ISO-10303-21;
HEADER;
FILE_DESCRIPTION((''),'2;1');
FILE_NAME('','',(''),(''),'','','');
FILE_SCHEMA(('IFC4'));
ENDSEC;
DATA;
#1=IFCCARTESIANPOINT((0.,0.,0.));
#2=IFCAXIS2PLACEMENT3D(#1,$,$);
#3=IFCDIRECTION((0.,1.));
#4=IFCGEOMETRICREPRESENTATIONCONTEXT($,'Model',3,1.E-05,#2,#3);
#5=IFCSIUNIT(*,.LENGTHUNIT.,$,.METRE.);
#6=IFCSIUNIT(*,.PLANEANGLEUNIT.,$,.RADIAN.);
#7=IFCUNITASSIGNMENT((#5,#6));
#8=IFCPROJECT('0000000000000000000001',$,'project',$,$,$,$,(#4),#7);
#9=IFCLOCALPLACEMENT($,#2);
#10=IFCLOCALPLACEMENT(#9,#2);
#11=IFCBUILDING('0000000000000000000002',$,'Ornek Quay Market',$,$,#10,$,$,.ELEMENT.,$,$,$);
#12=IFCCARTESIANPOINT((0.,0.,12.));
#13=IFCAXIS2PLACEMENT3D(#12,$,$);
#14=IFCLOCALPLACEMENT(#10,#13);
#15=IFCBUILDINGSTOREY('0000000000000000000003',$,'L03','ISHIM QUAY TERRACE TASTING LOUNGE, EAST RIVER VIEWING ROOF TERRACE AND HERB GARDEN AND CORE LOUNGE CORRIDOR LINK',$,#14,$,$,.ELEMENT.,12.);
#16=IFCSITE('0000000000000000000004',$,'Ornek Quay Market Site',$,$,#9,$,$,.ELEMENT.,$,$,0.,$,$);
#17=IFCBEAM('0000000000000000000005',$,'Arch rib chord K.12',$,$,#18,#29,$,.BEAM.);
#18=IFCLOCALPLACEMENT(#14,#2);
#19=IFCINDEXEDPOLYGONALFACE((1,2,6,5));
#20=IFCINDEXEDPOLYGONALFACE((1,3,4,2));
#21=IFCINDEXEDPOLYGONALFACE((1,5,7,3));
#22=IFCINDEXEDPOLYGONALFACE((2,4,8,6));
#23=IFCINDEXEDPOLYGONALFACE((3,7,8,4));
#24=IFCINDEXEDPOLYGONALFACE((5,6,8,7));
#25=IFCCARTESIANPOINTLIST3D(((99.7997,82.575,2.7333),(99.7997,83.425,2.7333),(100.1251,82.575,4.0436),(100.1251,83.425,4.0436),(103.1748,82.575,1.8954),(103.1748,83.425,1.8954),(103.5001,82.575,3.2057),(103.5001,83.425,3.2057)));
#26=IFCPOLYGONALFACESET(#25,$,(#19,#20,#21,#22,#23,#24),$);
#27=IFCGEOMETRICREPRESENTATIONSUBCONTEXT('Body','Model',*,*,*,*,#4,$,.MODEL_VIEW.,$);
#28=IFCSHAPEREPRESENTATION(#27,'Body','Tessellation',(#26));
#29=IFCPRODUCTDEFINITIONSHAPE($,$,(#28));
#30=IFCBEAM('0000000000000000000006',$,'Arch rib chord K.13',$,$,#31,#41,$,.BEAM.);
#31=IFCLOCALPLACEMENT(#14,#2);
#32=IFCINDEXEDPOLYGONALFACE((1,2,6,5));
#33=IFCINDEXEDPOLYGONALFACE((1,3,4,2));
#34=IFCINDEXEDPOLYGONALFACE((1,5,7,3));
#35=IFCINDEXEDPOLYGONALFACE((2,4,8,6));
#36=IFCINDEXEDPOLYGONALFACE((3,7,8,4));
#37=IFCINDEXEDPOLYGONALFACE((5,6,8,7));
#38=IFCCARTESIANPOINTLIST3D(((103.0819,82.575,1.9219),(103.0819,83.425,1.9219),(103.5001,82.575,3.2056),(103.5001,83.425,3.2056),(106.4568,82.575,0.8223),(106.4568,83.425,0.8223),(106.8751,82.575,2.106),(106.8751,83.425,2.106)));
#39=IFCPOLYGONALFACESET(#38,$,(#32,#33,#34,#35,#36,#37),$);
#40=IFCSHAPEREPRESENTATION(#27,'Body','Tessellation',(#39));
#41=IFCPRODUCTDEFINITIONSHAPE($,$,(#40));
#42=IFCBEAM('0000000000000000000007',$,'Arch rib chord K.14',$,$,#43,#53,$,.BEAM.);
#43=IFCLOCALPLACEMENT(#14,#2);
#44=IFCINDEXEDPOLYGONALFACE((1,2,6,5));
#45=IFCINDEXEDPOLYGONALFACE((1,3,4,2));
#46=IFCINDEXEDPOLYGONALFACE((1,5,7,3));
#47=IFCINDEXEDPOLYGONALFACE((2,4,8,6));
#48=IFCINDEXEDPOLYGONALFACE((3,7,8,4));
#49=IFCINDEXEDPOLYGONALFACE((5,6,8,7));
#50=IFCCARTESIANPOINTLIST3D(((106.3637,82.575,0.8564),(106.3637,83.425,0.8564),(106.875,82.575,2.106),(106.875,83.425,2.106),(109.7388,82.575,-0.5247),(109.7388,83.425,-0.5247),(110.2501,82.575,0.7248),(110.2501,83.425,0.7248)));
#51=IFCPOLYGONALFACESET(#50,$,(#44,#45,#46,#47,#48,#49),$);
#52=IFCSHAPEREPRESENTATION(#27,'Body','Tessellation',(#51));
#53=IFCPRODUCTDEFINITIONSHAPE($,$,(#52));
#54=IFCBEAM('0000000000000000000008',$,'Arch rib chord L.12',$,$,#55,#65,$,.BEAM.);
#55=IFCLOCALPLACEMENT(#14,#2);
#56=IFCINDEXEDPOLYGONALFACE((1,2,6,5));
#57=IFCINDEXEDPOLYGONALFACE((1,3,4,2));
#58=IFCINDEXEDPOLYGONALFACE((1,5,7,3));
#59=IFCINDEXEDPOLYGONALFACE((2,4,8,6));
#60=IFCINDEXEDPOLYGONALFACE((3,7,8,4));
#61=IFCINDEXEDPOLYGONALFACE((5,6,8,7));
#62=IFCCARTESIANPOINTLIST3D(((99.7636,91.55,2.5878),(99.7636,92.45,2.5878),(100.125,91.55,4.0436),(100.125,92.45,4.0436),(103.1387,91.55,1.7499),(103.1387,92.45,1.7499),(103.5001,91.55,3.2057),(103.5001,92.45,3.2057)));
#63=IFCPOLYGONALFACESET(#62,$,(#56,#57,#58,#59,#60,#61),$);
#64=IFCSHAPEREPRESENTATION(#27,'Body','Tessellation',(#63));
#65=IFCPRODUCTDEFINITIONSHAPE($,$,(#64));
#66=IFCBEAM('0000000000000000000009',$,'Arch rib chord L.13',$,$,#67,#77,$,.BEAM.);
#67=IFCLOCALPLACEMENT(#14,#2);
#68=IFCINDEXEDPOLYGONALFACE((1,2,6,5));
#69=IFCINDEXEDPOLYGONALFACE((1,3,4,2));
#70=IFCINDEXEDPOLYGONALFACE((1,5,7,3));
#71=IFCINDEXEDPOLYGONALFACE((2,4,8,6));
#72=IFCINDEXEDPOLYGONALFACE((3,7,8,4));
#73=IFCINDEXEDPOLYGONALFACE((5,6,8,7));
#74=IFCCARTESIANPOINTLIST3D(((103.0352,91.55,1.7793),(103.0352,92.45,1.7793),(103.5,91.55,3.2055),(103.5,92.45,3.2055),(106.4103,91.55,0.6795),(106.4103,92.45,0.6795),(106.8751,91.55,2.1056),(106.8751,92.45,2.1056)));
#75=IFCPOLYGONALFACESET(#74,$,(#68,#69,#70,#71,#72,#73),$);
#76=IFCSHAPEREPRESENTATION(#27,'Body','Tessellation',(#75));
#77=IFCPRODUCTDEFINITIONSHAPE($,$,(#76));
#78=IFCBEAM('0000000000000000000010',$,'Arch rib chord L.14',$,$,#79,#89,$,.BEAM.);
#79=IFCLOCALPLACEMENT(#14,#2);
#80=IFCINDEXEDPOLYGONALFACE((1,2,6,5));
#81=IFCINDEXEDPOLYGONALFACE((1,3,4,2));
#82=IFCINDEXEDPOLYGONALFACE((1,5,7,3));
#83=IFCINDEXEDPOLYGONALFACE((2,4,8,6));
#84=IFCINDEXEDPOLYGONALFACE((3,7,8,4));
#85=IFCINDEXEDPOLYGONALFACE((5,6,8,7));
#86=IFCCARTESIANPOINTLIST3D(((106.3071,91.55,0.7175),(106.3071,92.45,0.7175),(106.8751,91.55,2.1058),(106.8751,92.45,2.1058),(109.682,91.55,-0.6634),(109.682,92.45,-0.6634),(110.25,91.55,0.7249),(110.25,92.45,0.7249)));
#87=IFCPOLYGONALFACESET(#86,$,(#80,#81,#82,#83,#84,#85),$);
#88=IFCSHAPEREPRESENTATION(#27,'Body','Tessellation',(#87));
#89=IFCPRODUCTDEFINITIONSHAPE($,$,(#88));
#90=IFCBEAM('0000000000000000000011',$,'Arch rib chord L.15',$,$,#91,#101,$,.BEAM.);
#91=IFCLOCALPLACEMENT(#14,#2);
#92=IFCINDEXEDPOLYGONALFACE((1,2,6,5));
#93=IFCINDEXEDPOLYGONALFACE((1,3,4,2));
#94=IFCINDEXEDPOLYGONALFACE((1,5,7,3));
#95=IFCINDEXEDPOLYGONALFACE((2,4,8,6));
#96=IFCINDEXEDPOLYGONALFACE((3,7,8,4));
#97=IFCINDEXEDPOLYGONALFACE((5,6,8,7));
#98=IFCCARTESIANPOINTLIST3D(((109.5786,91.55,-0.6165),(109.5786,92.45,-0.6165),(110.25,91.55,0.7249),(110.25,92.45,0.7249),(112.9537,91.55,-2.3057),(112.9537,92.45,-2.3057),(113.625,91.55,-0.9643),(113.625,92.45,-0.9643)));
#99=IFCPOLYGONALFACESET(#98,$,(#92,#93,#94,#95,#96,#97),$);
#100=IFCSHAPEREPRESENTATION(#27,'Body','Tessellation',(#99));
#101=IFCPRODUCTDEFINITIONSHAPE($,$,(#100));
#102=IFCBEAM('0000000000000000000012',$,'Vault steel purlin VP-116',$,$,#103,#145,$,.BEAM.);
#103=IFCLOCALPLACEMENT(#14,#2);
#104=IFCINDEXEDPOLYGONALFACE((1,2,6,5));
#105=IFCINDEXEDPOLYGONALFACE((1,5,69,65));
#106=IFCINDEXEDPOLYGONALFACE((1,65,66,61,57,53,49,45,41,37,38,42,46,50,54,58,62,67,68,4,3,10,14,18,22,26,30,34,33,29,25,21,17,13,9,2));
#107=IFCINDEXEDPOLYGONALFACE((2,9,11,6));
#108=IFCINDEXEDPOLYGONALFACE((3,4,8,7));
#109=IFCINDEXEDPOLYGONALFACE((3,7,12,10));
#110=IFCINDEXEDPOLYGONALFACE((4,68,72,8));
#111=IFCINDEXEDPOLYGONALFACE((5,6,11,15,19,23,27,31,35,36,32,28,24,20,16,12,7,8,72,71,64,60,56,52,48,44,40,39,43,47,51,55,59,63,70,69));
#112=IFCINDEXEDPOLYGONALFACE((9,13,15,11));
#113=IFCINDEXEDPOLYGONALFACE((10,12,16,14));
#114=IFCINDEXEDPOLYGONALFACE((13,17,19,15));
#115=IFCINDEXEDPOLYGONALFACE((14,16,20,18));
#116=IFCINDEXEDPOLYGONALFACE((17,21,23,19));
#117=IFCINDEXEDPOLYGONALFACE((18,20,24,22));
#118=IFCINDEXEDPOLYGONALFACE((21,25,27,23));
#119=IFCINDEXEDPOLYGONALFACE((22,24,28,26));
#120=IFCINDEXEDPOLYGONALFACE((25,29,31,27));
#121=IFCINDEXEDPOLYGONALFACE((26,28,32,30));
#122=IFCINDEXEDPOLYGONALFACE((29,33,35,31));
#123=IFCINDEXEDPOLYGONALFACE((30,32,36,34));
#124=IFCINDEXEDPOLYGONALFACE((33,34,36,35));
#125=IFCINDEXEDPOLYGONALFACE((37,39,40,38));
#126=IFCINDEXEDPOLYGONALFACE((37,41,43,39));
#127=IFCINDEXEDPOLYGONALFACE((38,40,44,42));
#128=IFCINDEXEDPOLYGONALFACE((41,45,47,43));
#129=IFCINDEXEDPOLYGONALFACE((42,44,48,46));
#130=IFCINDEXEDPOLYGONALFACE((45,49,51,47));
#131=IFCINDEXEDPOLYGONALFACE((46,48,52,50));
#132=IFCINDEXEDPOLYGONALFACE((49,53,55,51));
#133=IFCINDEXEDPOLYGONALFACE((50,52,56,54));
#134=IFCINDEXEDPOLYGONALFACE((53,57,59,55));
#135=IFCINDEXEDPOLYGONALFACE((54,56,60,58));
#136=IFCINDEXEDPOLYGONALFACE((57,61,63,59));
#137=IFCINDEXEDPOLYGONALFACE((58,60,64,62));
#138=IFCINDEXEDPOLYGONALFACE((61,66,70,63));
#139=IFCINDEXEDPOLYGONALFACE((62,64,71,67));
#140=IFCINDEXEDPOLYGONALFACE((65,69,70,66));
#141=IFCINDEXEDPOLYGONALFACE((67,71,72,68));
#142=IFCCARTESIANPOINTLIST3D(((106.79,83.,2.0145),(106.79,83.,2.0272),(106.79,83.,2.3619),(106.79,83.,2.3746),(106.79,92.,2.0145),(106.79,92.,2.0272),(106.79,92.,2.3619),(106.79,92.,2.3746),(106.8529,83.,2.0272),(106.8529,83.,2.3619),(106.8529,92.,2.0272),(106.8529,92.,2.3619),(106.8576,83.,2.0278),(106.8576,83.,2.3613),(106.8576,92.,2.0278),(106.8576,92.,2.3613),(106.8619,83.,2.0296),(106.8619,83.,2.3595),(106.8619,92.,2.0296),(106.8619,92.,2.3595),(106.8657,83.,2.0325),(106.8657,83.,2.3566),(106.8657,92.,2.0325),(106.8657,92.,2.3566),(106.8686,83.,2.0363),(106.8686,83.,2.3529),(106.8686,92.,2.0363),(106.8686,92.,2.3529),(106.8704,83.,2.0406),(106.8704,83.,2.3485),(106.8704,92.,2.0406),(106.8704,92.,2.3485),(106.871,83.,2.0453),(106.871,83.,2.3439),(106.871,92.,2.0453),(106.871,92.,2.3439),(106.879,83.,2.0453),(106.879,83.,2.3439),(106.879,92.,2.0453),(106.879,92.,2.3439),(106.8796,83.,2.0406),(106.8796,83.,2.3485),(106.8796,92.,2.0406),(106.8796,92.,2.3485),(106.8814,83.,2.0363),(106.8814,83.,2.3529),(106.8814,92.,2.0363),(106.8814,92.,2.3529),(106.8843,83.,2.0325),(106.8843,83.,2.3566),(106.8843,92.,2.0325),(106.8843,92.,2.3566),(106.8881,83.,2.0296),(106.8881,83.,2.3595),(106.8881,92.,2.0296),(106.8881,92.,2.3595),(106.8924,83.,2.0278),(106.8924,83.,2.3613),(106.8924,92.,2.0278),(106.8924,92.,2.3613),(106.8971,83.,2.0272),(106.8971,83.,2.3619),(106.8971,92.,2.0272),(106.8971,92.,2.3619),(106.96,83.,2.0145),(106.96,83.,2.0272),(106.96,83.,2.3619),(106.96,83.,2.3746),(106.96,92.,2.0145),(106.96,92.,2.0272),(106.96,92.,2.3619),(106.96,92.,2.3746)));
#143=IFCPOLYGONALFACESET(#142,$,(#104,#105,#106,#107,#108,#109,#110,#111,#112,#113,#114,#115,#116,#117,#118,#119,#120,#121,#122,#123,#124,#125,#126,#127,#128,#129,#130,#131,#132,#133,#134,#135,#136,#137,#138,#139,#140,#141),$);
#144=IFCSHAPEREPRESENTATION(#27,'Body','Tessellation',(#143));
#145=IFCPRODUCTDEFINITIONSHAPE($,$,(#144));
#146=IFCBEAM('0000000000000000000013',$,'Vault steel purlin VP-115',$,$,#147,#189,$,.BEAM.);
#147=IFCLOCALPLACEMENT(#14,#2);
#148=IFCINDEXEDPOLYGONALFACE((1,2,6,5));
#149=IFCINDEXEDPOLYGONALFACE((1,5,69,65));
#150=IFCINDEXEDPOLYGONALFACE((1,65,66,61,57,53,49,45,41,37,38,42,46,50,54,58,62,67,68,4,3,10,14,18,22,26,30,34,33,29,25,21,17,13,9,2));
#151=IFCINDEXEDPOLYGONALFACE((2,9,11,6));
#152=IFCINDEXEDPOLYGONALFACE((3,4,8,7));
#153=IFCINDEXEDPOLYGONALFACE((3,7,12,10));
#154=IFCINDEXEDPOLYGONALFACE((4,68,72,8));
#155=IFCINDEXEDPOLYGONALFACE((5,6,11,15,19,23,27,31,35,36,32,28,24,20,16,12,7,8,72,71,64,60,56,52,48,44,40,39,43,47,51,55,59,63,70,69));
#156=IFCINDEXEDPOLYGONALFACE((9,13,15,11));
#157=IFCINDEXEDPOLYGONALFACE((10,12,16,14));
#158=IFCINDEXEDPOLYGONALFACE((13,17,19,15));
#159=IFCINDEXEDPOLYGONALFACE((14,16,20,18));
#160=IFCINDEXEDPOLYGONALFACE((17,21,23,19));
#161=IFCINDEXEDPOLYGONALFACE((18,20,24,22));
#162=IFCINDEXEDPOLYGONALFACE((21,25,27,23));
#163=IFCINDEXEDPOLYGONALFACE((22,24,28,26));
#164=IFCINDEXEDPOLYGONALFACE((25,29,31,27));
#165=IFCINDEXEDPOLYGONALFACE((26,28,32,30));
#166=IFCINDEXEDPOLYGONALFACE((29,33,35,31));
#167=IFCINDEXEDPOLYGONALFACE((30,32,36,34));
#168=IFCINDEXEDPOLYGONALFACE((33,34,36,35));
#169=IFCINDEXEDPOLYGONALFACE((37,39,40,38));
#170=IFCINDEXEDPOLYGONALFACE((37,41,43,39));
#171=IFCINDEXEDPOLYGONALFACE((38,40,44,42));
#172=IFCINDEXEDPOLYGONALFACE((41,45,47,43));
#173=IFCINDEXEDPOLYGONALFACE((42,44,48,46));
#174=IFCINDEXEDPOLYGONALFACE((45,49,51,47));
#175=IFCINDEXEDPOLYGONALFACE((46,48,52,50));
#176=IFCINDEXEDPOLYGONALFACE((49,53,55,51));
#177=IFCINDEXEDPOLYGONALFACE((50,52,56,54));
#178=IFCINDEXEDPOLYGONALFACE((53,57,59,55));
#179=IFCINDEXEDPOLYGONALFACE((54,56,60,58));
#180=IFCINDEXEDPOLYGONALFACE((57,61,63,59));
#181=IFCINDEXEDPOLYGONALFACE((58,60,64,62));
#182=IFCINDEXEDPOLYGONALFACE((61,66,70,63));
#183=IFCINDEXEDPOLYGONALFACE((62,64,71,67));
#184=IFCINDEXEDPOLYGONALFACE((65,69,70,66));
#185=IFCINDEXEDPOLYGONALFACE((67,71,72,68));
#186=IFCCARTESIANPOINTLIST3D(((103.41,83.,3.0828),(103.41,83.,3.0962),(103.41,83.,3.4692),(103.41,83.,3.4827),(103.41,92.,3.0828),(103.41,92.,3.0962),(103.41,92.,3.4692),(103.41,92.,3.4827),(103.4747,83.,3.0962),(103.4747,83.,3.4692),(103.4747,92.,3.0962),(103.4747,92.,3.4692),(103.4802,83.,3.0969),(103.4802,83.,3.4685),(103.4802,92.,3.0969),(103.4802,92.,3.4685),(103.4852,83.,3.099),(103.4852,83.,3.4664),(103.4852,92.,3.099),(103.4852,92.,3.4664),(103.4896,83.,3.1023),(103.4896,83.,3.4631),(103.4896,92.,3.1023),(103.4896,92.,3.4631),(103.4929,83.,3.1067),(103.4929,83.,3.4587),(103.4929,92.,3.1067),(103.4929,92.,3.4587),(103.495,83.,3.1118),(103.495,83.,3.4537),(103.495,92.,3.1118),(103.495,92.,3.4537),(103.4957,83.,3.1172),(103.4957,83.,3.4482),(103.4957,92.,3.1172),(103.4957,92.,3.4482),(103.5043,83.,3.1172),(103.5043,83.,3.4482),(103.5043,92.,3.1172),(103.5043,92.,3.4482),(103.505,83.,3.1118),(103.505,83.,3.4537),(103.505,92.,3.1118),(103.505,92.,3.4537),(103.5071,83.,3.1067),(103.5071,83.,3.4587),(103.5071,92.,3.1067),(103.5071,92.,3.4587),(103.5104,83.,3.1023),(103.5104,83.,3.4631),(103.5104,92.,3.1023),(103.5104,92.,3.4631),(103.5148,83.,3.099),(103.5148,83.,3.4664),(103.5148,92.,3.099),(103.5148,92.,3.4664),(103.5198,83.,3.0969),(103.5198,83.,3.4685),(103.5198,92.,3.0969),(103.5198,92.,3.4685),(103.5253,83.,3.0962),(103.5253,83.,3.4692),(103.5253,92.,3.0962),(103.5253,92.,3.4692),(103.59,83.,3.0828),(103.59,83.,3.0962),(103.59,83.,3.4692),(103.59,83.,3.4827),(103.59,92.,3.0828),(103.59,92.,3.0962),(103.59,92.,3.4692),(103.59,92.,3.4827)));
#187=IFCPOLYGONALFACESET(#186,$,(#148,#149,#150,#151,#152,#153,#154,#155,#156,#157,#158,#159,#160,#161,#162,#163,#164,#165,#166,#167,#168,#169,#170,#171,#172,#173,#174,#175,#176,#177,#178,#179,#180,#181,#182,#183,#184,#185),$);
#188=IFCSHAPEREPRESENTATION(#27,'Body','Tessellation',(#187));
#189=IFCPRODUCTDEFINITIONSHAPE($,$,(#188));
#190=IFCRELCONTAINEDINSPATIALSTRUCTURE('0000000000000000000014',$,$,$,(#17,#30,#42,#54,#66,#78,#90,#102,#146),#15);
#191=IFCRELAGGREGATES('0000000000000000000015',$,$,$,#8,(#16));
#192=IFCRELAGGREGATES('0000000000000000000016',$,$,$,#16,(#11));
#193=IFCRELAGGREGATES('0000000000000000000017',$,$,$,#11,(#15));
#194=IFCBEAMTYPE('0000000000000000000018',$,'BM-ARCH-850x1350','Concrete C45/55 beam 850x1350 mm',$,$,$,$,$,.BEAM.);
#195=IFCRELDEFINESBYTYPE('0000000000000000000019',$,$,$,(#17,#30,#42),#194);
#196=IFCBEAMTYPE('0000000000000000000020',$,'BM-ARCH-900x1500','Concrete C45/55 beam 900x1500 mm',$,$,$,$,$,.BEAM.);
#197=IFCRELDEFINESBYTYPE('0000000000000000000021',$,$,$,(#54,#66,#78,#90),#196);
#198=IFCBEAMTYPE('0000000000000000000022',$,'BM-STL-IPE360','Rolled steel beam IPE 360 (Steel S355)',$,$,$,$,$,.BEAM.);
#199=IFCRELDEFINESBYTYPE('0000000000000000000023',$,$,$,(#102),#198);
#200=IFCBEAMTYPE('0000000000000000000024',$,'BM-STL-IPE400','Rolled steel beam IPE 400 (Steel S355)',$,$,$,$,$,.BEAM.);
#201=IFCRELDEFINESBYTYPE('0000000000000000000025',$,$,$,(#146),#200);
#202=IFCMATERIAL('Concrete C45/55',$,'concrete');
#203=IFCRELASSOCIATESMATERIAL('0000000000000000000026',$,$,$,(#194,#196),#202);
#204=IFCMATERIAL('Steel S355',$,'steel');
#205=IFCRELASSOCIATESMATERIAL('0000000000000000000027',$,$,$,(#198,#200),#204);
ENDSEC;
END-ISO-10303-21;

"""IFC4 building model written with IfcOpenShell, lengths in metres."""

from ifc_helpers import new_model, si_unit, direction, frame, origin, origin_2d, place, context, subcontext, project, spatial, rectangle, i_section, extrude, material, material_profile, profile_set, type_object, element, save


model = new_model("IFC4")

# Units and contexts
model_context = context("Model", 3, precision=1e-05, world=origin(), true_north=direction((0.0, 1.0)))
body_context = subcontext(model_context, "Body", "Model", "MODEL_VIEW")
ifc_project = project(units=[si_unit("LENGTHUNIT", "METRE"), si_unit("PLANEANGLEUNIT", "RADIAN")], contexts=[model_context])

# Site, building, storey
site_placement = place(None, origin())
site = spatial("IfcSite", under=ifc_project, at=site_placement, Name="Ornek Quay Market Site", CompositionType="ELEMENT", RefElevation=0.0)
building_placement = place(site_placement, origin())
building = spatial("IfcBuilding", under=site, at=building_placement, Name="Ornek Quay Market", CompositionType="ELEMENT")
storey_placement = place(building_placement, frame((0.0, 0.0, 12.0)))
storey = spatial("IfcBuildingStorey", under=building, at=storey_placement, Name="L03", Description="ISHIM QUAY TERRACE TASTING LOUNGE, EAST RIVER VIEWING ROOF TERRACE AND HERB GARDEN AND CORE LOUNGE CORRIDOR LINK", CompositionType="ELEMENT", Elevation=12.0)

# Beams
ifc_material_1 = material(Name="Concrete C45/55", Category="concrete")
ifc_material_profile_1 = material_profile(ifc_material_1, rectangle(XDim=0.8501, YDim=1.3501, at=origin_2d()), Name="RC 850x1350", Category="concrete")
ifc_profile_set_1 = profile_set([ifc_material_profile_1], Name="Concrete C45/55")
beam_type_1 = type_object("IfcBeamType", Name="BM-ARCH-850x1350", Description="Concrete C45/55 beam 850x1350 mm", PredefinedType="BEAM", material=ifc_profile_set_1)
beam_1_placement = place(storey_placement, frame((99.9624, 83.0, 3.3884), z_axis=(0.970538, 0.0, -0.240949), x_axis=(0.0, 1.0, 0.0)))
element("IfcBeam", 1, at=beam_1_placement, inside=storey, type_object=beam_type_1, Name="Arch rib chord K.12", PredefinedType="BEAM", context=body_context, shape_type="SweptSolid", body=[
    extrude(rectangle(XDim=0.8501, YDim=1.3501, at=origin_2d()), origin(), (0.0, 0.0, 1.0), 3.4775),
])
beam_2_placement = place(storey_placement, frame((103.291, 83.0, 2.5637), z_axis=(0.950807, 0.0, -0.309783), x_axis=(0.0, 1.0, 0.0)))
element("IfcBeam", 2, at=beam_2_placement, inside=storey, type_object=beam_type_1, Name="Arch rib chord K.13", PredefinedType="BEAM", context=body_context, shape_type="SweptSolid", body=[
    extrude(rectangle(XDim=0.8501, YDim=1.3501, at=origin_2d()), origin(), (0.0, 0.0, 1.0), 3.5496),
])
beam_3_placement = place(storey_placement, frame((106.6194, 83.0, 1.4812), z_axis=(0.925506, 0.0, -0.378732), x_axis=(0.0, 1.0, 0.0)))
element("IfcBeam", 3, at=beam_3_placement, inside=storey, type_object=beam_type_1, Name="Arch rib chord K.14", PredefinedType="BEAM", context=body_context, shape_type="SweptSolid", body=[
    extrude(rectangle(XDim=0.8501, YDim=1.3501, at=origin_2d()), origin(), (0.0, 0.0, 1.0), 3.6467),
])
ifc_material_profile_2 = material_profile(ifc_material_1, rectangle(XDim=0.8999, YDim=1.5, at=origin_2d()), Name="RC 900x1500", Category="concrete")
ifc_profile_set_2 = profile_set([ifc_material_profile_2], Name="Concrete C45/55")
beam_type_2 = type_object("IfcBeamType", Name="BM-ARCH-900x1500", Description="Concrete C45/55 beam 900x1500 mm", PredefinedType="BEAM", material=ifc_profile_set_2)
beam_4_placement = place(storey_placement, frame((99.9443, 92.0, 3.3157), z_axis=(0.970538, 0.0, -0.240949), x_axis=(0.0, 1.0, 0.0)))
element("IfcBeam", 4, at=beam_4_placement, inside=storey, type_object=beam_type_2, Name="Arch rib chord L.12", PredefinedType="BEAM", context=body_context, shape_type="SweptSolid", body=[
    extrude(rectangle(XDim=0.8999, YDim=1.5, at=origin_2d()), origin(), (0.0, 0.0, 1.0), 3.4775),
])
beam_5_placement = place(storey_placement, frame((103.2676, 92.0, 2.4924), z_axis=(0.950787, 0.0, -0.309845), x_axis=(0.0, 1.0, 0.0)))
element("IfcBeam", 5, at=beam_5_placement, inside=storey, type_object=beam_type_2, Name="Arch rib chord L.13", PredefinedType="BEAM", context=body_context, shape_type="SweptSolid", body=[
    extrude(rectangle(XDim=0.8999, YDim=1.5, at=origin_2d()), origin(), (0.0, 0.0, 1.0), 3.5498),
])
beam_6_placement = place(storey_placement, frame((106.5911, 92.0, 1.4116), z_axis=(0.92553, 0.0, -0.378675), x_axis=(0.0, 1.0, 0.0)))
element("IfcBeam", 6, at=beam_6_placement, inside=storey, type_object=beam_type_2, Name="Arch rib chord L.14", PredefinedType="BEAM", context=body_context, shape_type="SweptSolid", body=[
    extrude(rectangle(XDim=0.8999, YDim=1.5, at=origin_2d()), origin(), (0.0, 0.0, 1.0), 3.6465),
])
beam_7_placement = place(storey_placement, frame((109.9143, 92.0, 0.0542), z_axis=(0.894246, 0.0, -0.447576), x_axis=(0.0, 1.0, 0.0)))
element("IfcBeam", 7, at=beam_7_placement, inside=storey, type_object=beam_type_2, Name="Arch rib chord L.15", PredefinedType="BEAM", context=body_context, shape_type="SweptSolid", body=[
    extrude(rectangle(XDim=0.8999, YDim=1.5, at=origin_2d()), origin(), (0.0, 0.0, 1.0), 3.7742),
])
ifc_material_2 = material(Name="Steel S355", Category="steel")
ifc_material_profile_3 = material_profile(ifc_material_2, i_section(OverallWidth=0.1699, OverallDepth=0.3601, WebThickness=0.0081, FlangeThickness=0.0127, FilletRadius=0.0181, at=origin_2d()), Name="IPE 360", Category="steel")
ifc_profile_set_3 = profile_set([ifc_material_profile_3], Name="Steel S355")
beam_type_3 = type_object("IfcBeamType", Name="BM-STL-IPE360", Description="Rolled steel beam IPE 360 (Steel S355)", PredefinedType="BEAM", material=ifc_profile_set_3)
beam_8_placement = place(storey_placement, frame((106.875, 83.0, 2.1946), z_axis=(0.0, 1.0, 0.0), x_axis=(-1.0, 0.0, 0.0)))
element("IfcBeam", 8, at=beam_8_placement, inside=storey, type_object=beam_type_3, Name="Vault steel purlin VP-116", PredefinedType="BEAM", context=body_context, shape_type="SweptSolid", body=[
    extrude(i_section(OverallWidth=0.1699, OverallDepth=0.3601, WebThickness=0.0081, FlangeThickness=0.0127, FilletRadius=0.0181, at=origin_2d()), origin(), (0.0, 0.0, 1.0), 9.0),
])
ifc_material_profile_4 = material_profile(ifc_material_2, i_section(OverallWidth=0.1799, OverallDepth=0.3999, WebThickness=0.0085, FlangeThickness=0.0134, FilletRadius=0.021, at=origin_2d()), Name="IPE 400", Category="steel")
ifc_profile_set_4 = profile_set([ifc_material_profile_4], Name="Steel S355")
beam_type_4 = type_object("IfcBeamType", Name="BM-STL-IPE400", Description="Rolled steel beam IPE 400 (Steel S355)", PredefinedType="BEAM", material=ifc_profile_set_4)
beam_9_placement = place(storey_placement, frame((103.5, 83.0, 3.2827), z_axis=(0.0, 1.0, 0.0), x_axis=(-1.0, 0.0, 0.0)))
element("IfcBeam", 9, at=beam_9_placement, inside=storey, type_object=beam_type_4, Name="Vault steel purlin VP-115", PredefinedType="BEAM", context=body_context, shape_type="SweptSolid", body=[
    extrude(i_section(OverallWidth=0.1799, OverallDepth=0.3999, WebThickness=0.0085, FlangeThickness=0.0134, FilletRadius=0.021, at=origin_2d()), origin(), (0.0, 0.0, 1.0), 9.0),
])

save(model, "model.ifc")
